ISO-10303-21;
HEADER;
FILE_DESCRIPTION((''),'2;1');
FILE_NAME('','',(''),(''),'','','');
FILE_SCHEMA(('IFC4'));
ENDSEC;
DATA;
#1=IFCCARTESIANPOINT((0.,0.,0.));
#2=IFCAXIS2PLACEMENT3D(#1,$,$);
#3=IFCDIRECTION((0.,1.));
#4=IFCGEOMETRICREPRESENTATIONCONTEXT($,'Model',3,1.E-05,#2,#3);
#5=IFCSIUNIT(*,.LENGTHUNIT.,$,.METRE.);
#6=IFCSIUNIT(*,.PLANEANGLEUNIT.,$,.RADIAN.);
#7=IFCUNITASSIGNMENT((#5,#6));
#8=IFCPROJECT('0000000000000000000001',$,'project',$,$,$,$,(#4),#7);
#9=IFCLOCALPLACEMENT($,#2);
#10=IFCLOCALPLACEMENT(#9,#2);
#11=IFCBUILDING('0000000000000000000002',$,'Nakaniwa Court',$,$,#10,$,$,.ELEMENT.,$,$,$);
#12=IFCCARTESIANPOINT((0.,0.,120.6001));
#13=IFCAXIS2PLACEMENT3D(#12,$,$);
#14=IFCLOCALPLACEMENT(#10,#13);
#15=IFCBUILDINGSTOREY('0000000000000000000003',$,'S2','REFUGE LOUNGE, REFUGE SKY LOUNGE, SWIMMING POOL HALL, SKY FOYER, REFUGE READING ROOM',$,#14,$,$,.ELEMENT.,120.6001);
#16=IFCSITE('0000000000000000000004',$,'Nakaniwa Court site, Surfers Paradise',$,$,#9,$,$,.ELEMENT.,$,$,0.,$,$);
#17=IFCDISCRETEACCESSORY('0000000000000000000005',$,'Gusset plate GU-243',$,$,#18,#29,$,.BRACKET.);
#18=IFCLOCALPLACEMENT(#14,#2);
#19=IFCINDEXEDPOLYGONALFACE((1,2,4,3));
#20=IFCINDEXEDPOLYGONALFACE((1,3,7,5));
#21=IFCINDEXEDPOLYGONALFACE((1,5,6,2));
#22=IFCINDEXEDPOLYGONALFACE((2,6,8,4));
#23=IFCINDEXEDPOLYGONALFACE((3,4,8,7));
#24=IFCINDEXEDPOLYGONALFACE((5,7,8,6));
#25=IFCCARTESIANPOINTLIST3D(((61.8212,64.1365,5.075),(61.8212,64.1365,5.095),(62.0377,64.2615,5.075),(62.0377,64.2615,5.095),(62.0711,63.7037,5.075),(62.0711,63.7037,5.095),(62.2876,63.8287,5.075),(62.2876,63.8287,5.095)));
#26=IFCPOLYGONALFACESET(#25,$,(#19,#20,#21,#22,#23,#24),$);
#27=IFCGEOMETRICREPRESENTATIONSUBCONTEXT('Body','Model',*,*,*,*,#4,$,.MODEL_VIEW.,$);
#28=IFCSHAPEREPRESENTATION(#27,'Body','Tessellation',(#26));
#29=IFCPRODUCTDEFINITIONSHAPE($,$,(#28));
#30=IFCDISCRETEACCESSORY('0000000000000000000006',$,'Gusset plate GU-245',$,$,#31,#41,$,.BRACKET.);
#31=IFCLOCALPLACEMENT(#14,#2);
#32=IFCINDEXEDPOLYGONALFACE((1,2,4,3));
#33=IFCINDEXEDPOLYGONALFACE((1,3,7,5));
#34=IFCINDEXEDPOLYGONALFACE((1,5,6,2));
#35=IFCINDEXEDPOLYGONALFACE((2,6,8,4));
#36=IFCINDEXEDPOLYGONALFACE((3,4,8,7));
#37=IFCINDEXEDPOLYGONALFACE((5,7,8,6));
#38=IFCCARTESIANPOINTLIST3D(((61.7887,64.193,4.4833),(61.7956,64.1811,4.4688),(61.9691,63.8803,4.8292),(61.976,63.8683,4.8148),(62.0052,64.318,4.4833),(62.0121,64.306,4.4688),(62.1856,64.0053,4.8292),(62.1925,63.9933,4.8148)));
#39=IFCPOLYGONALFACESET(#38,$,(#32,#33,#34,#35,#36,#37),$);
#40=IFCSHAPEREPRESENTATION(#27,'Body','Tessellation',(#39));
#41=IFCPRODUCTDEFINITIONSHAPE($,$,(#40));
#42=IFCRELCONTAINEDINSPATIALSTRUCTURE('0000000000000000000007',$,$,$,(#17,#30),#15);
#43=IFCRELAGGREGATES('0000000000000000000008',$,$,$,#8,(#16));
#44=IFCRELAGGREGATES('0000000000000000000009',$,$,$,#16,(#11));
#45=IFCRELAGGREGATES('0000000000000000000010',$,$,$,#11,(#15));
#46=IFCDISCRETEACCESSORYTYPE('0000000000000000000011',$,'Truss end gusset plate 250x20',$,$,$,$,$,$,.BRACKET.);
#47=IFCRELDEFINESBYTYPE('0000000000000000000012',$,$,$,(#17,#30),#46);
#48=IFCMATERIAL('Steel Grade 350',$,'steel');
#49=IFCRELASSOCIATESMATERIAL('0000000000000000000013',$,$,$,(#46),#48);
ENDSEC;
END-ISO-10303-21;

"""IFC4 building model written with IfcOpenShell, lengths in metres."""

from ifc_helpers import new_model, si_unit, direction, frame, origin, origin_2d, place, context, subcontext, project, spatial, rectangle, extrude, material, material_profile, profile_set, type_object, element, save


model = new_model("IFC4")

# Units and contexts
model_context = context("Model", 3, precision=1e-05, world=origin(), true_north=direction((0.0, 1.0)))
body_context = subcontext(model_context, "Body", "Model", "MODEL_VIEW")
ifc_project = project(units=[si_unit("LENGTHUNIT", "METRE"), si_unit("PLANEANGLEUNIT", "RADIAN")], contexts=[model_context])

# Site, building, storey
site_placement = place(None, origin())
site = spatial("IfcSite", under=ifc_project, at=site_placement, Name="Nakaniwa Court site, Surfers Paradise", CompositionType="ELEMENT", RefElevation=0.0)
building_placement = place(site_placement, origin())
building = spatial("IfcBuilding", under=site, at=building_placement, Name="Nakaniwa Court", CompositionType="ELEMENT")
storey_placement = place(building_placement, frame((0.0, 0.0, 120.6001)))
storey = spatial("IfcBuildingStorey", under=building, at=storey_placement, Name="S2", Description="REFUGE LOUNGE, REFUGE SKY LOUNGE, SWIMMING POOL HALL, SKY FOYER, REFUGE READING ROOM", CompositionType="ELEMENT", Elevation=120.6001)

# Shared definitions
ifc_material_1 = material(Name="Steel Grade 350", Category="steel")

# Discrete accessories
ifc_material_profile_1 = material_profile(ifc_material_1, rectangle(XDim=0.25, YDim=0.02, at=origin_2d()), Name="Truss end gusset plate 250x20")
ifc_profile_set_1 = profile_set([ifc_material_profile_1], Name="Steel Grade 350")
discrete_accessory_type = type_object("IfcDiscreteAccessoryType", Name="Truss end gusset plate 250x20", PredefinedType="BRACKET", material=ifc_profile_set_1)
for number, where, z_axis, x_axis, name in (
    (1, (61.9294, 64.199, 5.085), (0.500131, -0.86595, 0.0), (0.86595, 0.500131, 0.0), "Gusset plate GU-243"),
):
    element("IfcDiscreteAccessory", number, at=place(storey_placement, frame(where, z_axis=z_axis, x_axis=x_axis)), inside=storey, type_object=discrete_accessory_type, Name=name, PredefinedType="BRACKET", context=body_context, shape_type="SweptSolid", body=[
        extrude(rectangle(XDim=0.25, YDim=0.02, at=origin_2d()), origin(), (0.0, 0.0, 1.0), 0.4998),
    ])
discrete_accessory_placement = place(storey_placement, frame((61.9004, 64.2495, 4.4761), z_axis=(0.360811, -0.625439, 0.69184), x_axis=(0.866197, 0.499703, 0.0)))
element("IfcDiscreteAccessory", 2, at=discrete_accessory_placement, inside=storey, type_object=discrete_accessory_type, Name="Gusset plate GU-245", PredefinedType="BRACKET", context=body_context, shape_type="SweptSolid", body=[
    extrude(rectangle(XDim=0.25, YDim=0.02, at=origin_2d()), origin(), (0.0, 0.0, 1.0), 0.5),
])

save(model, "model.ifc")
